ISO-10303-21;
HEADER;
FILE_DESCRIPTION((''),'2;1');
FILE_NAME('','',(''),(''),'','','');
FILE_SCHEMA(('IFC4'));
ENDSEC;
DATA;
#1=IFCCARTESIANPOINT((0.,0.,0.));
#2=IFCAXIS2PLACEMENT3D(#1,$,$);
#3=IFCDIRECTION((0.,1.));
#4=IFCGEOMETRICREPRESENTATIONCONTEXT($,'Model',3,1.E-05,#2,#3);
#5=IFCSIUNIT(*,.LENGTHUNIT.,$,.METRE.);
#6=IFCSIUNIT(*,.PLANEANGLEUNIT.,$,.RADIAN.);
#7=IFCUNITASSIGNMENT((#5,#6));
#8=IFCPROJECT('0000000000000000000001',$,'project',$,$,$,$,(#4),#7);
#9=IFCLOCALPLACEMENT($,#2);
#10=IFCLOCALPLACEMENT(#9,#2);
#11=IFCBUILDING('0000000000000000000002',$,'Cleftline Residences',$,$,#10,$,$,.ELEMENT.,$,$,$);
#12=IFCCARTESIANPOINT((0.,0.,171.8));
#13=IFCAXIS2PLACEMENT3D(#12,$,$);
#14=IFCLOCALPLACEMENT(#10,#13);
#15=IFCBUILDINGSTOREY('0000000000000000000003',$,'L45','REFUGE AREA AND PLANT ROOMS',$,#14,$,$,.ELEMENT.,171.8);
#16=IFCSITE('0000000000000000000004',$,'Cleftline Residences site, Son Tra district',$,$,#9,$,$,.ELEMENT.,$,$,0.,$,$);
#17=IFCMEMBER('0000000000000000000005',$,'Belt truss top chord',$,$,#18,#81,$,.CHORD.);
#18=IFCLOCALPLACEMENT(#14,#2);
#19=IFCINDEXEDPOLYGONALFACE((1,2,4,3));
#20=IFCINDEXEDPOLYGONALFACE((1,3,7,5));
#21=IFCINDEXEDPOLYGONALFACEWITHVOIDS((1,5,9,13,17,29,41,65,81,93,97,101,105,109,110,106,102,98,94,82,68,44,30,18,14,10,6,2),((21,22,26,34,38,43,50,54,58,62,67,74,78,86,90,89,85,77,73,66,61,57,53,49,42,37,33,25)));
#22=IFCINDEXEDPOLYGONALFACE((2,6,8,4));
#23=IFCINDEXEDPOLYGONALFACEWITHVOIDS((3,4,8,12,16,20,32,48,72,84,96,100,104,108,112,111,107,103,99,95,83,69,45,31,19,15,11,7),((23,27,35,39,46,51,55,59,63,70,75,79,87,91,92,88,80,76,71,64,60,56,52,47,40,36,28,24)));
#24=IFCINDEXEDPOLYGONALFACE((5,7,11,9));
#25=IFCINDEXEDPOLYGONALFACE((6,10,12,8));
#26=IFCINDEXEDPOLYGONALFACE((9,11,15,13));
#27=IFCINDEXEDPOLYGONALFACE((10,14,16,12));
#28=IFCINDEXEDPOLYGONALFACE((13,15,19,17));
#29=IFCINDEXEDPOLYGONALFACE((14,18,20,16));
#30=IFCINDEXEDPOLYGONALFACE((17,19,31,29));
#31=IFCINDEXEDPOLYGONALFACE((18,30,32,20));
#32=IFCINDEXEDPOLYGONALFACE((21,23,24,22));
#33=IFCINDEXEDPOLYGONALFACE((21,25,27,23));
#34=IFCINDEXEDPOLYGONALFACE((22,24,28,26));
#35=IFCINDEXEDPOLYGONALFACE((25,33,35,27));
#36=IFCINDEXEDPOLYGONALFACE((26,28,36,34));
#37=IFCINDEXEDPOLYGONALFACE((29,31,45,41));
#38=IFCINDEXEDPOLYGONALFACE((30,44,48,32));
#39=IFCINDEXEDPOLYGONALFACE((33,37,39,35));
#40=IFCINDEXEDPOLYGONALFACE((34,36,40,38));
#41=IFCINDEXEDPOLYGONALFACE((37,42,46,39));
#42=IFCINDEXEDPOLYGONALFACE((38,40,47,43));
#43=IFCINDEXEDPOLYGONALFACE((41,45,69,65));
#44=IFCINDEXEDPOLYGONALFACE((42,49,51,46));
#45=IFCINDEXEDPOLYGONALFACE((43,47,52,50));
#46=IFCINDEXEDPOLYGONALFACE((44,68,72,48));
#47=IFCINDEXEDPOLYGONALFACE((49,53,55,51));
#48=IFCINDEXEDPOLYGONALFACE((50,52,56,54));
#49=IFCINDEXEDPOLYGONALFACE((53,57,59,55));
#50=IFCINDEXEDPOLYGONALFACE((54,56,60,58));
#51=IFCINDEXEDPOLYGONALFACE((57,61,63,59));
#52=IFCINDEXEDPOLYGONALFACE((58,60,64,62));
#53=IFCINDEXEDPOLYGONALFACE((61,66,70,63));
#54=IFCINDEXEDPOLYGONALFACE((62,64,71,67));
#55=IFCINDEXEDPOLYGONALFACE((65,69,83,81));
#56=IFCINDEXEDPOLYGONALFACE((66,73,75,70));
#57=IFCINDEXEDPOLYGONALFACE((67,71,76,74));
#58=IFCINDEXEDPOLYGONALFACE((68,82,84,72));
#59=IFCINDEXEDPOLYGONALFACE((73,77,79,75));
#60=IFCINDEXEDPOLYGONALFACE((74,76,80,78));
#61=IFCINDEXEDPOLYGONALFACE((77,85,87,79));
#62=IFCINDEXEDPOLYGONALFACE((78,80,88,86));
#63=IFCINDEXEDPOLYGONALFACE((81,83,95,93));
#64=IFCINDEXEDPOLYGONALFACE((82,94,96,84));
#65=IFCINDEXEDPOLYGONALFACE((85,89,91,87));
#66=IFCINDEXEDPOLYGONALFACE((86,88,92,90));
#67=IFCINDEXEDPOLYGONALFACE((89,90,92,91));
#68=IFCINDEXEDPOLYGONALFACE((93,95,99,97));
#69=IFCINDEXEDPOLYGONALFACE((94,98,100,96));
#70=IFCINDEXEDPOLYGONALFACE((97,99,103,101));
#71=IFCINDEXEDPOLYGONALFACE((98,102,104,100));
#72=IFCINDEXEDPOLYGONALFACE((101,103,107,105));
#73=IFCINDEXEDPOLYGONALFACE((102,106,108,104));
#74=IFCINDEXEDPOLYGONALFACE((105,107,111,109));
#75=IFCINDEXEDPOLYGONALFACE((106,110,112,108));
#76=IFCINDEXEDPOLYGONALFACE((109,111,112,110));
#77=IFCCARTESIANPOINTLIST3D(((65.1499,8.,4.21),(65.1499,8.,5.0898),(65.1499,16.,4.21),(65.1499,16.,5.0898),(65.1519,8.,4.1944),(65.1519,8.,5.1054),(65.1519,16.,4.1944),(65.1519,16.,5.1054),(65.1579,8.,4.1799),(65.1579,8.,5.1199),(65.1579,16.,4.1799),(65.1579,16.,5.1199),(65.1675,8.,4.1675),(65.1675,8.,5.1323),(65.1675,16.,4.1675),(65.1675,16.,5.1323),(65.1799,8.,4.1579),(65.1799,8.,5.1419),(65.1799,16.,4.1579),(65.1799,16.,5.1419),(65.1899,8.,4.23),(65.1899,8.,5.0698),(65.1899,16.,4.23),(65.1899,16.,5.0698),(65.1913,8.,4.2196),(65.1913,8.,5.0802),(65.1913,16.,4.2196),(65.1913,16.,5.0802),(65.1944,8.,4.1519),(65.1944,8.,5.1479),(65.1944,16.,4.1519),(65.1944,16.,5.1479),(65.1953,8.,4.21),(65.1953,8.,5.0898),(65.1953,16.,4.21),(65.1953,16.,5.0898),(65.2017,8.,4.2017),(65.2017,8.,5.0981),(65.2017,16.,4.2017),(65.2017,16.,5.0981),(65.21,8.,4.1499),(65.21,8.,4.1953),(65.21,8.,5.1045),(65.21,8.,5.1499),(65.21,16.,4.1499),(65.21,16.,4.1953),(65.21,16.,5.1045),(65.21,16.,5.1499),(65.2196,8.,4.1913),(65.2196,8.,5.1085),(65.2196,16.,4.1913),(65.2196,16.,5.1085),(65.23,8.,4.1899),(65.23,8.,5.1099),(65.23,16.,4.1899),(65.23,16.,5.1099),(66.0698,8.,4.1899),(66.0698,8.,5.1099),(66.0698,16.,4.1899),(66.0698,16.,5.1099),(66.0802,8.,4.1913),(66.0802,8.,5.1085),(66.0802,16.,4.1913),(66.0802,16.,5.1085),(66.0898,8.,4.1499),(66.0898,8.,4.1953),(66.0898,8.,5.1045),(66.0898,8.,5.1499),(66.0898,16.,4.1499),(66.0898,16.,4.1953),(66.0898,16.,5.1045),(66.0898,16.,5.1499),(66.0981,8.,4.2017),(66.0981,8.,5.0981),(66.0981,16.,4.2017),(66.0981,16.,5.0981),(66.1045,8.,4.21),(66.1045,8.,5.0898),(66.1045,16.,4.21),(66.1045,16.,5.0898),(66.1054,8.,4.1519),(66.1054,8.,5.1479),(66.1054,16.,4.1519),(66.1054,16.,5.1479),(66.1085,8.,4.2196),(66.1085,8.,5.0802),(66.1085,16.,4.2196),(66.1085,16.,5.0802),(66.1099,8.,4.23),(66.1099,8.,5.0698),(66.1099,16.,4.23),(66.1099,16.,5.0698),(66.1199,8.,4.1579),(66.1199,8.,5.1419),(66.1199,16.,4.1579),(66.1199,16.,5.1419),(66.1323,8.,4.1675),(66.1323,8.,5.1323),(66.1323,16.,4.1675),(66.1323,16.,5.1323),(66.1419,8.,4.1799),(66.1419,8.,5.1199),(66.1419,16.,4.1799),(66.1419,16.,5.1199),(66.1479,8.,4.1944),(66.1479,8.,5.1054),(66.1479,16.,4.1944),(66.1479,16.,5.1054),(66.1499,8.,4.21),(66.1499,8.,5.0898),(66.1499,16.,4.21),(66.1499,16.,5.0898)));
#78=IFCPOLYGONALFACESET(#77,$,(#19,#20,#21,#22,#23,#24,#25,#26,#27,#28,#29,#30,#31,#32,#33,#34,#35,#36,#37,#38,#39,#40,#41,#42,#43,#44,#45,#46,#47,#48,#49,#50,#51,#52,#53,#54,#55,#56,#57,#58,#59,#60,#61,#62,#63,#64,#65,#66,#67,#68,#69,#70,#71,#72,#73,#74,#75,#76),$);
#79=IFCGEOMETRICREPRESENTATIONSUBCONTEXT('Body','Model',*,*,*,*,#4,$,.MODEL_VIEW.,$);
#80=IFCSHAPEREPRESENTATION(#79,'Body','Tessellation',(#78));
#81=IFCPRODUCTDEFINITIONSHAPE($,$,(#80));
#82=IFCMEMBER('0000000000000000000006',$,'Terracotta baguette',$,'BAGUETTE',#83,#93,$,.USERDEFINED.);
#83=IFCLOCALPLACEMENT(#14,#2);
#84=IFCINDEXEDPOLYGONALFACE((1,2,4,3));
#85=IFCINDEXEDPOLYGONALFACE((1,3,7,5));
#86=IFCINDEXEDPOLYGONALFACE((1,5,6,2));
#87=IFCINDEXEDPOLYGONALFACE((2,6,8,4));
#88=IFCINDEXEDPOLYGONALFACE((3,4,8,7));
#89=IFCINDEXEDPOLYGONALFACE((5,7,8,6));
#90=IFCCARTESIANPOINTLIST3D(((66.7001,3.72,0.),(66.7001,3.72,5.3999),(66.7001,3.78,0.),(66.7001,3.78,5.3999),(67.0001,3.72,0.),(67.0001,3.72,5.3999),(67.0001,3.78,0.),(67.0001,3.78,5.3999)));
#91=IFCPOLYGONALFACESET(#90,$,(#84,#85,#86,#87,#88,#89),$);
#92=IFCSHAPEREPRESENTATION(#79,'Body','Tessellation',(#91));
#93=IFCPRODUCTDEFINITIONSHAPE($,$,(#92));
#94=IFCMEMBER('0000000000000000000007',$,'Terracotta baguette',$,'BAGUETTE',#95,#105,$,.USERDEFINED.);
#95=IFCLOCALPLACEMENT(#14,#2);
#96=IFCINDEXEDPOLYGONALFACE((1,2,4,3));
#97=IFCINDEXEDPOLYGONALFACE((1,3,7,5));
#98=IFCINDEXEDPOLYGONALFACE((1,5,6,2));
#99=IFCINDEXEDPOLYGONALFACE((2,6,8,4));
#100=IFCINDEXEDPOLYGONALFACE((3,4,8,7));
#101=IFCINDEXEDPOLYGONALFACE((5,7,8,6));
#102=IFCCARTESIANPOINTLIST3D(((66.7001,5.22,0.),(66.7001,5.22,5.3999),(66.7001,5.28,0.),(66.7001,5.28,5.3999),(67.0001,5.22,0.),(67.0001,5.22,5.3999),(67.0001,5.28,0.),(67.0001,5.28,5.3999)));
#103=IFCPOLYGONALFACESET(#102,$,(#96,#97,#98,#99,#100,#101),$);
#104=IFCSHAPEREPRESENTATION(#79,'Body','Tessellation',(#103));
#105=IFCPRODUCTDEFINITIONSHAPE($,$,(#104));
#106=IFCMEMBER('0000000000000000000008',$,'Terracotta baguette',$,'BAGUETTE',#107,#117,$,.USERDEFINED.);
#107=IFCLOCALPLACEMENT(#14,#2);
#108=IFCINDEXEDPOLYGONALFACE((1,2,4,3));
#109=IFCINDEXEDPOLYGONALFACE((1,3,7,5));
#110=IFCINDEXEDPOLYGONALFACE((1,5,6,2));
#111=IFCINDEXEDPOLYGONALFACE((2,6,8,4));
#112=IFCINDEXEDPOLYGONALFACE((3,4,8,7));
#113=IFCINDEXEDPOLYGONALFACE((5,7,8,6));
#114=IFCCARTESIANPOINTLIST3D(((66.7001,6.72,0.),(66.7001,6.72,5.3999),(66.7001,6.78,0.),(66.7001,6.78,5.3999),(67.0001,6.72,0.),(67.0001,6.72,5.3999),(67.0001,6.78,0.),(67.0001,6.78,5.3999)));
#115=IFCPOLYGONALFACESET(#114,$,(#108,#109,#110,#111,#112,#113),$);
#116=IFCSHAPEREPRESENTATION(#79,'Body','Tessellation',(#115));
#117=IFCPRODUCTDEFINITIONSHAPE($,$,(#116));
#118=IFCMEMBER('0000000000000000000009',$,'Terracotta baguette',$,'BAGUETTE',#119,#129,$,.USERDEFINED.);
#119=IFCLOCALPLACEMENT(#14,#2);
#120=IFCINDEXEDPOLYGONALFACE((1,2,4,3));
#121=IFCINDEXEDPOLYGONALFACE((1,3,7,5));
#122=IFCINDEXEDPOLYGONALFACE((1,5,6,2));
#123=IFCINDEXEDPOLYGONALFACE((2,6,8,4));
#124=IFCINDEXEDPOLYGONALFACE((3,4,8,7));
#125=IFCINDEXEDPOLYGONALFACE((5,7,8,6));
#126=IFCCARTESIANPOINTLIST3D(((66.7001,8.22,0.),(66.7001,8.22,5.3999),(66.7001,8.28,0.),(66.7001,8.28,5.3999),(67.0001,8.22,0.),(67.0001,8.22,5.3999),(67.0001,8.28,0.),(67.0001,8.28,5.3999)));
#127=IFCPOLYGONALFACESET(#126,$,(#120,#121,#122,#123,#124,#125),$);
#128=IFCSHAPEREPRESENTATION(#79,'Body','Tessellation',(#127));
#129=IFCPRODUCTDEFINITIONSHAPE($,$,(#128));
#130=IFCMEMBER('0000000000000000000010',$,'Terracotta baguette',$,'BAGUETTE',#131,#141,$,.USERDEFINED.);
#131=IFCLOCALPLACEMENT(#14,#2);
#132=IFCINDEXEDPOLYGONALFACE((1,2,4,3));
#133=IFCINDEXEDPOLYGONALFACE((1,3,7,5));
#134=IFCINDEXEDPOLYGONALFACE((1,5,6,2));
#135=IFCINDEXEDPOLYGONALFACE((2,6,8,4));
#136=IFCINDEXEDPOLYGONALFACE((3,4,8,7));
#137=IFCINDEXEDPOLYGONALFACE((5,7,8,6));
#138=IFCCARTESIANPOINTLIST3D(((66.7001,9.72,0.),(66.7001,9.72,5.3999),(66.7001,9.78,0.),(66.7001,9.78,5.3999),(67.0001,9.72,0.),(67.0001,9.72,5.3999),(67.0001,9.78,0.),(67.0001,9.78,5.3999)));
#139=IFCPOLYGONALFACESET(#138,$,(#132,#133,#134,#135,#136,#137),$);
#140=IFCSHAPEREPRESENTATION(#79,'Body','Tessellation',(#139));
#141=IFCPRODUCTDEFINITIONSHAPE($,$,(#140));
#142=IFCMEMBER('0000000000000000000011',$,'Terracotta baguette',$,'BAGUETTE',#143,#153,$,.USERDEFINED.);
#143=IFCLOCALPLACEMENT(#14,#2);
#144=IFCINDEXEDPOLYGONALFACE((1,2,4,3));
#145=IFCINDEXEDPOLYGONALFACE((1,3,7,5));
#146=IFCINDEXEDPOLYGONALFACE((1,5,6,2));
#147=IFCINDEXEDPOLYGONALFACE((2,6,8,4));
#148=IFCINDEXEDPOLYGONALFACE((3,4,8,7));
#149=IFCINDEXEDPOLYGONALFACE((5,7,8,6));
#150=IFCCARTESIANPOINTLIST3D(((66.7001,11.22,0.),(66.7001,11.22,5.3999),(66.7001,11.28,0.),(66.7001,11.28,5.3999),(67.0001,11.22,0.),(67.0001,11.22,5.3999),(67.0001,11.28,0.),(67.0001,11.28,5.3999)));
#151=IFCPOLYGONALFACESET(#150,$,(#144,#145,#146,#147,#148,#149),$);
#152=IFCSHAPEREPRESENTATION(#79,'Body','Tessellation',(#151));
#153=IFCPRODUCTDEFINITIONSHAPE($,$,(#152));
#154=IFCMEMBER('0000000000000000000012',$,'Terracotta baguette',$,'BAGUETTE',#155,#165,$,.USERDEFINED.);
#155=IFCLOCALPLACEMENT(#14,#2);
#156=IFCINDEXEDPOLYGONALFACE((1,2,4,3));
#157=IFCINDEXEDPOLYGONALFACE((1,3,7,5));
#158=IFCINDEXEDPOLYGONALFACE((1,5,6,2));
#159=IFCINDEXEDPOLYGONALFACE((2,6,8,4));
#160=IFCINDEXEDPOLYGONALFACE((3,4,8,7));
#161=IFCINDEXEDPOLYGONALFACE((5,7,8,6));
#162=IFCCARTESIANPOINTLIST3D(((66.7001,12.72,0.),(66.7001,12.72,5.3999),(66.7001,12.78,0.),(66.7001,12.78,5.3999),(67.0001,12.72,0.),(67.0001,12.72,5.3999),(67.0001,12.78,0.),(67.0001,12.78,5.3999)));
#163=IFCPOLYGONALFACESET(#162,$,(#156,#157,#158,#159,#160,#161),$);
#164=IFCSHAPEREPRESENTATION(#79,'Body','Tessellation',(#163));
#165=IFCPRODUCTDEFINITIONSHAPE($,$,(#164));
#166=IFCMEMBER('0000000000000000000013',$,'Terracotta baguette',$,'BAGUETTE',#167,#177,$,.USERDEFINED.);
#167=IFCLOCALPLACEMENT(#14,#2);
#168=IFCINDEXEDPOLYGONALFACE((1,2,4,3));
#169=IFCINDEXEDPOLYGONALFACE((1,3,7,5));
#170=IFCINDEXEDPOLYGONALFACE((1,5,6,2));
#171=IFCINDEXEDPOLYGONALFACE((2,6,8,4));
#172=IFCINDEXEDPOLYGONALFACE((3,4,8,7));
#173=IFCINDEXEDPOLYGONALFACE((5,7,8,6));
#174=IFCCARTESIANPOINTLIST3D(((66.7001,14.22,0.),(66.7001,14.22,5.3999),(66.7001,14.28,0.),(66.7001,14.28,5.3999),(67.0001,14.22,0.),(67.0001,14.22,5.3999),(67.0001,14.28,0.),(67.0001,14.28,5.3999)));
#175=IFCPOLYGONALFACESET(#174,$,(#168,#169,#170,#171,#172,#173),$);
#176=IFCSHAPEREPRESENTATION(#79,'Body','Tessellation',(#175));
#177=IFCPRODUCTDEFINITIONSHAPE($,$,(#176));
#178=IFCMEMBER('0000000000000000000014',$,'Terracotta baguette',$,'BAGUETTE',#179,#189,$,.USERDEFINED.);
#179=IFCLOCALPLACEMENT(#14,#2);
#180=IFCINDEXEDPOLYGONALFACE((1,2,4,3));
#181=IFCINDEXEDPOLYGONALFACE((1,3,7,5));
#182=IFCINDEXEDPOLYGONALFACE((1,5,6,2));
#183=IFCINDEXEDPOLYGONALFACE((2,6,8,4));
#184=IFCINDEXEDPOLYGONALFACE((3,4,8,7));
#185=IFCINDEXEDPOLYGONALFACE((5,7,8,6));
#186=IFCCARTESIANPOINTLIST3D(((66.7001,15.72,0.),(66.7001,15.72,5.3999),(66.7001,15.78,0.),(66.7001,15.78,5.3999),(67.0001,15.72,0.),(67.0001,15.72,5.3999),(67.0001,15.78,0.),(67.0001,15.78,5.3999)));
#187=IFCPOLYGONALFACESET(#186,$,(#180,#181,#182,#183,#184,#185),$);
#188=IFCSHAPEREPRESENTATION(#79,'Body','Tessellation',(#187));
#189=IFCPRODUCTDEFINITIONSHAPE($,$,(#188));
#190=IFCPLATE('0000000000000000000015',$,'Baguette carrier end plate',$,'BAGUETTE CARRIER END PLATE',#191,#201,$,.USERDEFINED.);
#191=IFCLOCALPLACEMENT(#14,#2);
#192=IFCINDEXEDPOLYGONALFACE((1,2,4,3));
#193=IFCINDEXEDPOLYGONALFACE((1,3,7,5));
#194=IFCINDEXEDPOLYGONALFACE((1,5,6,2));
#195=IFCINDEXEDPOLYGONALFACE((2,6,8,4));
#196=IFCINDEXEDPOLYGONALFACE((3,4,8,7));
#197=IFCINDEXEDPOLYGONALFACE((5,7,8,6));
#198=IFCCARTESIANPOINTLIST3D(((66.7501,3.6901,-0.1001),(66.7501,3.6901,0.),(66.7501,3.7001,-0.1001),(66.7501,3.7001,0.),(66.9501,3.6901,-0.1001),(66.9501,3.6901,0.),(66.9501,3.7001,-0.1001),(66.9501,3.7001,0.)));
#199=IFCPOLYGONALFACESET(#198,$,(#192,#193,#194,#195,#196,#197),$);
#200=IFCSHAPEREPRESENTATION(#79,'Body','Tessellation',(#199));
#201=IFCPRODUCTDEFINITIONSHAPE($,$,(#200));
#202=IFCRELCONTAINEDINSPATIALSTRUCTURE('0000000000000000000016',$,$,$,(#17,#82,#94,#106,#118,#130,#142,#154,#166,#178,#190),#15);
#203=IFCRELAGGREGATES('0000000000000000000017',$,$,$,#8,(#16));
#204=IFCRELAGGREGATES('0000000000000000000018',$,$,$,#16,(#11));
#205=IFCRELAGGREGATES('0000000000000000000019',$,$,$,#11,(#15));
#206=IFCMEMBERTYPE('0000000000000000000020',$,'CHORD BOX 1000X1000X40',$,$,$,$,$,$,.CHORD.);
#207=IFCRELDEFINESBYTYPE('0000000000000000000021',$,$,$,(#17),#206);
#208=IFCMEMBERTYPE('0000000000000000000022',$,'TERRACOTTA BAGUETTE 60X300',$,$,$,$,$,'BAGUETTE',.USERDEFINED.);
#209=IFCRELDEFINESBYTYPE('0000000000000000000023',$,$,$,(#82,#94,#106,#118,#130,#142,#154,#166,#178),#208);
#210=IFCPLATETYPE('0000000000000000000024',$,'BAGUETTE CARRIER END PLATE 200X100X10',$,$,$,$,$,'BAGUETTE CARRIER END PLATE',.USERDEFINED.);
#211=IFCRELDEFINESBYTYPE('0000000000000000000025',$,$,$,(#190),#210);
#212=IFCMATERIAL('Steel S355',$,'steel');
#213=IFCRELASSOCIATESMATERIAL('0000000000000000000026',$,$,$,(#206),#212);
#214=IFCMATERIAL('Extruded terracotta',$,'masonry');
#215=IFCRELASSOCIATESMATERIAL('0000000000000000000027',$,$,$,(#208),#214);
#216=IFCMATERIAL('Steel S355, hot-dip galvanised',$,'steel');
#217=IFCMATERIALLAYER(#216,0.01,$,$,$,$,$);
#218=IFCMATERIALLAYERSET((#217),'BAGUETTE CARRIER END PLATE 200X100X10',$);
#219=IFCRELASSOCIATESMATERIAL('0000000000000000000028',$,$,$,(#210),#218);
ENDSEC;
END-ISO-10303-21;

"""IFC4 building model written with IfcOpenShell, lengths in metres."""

from ifc_helpers import new_model, si_unit, direction, frame, origin, origin_2d, place, context, subcontext, project, spatial, rectangle, hollow_rectangle, extrude, material, layer, layer_set, material_profile, profile_set, type_object, element, save


model = new_model("IFC4")

# Units and contexts
model_context = context("Model", 3, precision=1e-05, world=origin(), true_north=direction((0.0, 1.0)))
body_context = subcontext(model_context, "Body", "Model", "MODEL_VIEW")
ifc_project = project(units=[si_unit("LENGTHUNIT", "METRE"), si_unit("PLANEANGLEUNIT", "RADIAN")], contexts=[model_context])

# Site, building, storey
site_placement = place(None, origin())
site = spatial("IfcSite", under=ifc_project, at=site_placement, Name="Cleftline Residences site, Son Tra district", CompositionType="ELEMENT", RefElevation=0.0)
building_placement = place(site_placement, origin())
building = spatial("IfcBuilding", under=site, at=building_placement, Name="Cleftline Residences", CompositionType="ELEMENT")
storey_placement = place(building_placement, frame((0.0, 0.0, 171.8)))
storey = spatial("IfcBuildingStorey", under=building, at=storey_placement, Name="L45", Description="REFUGE AREA AND PLANT ROOMS", CompositionType="ELEMENT", Elevation=171.8)

# Members
ifc_material_1 = material(Name="Steel S355", Category="steel")
ifc_material_profile_1 = material_profile(ifc_material_1, hollow_rectangle(XDim=1.0, YDim=1.0, WallThickness=0.04, InnerFilletRadius=0.04, OuterFilletRadius=0.0601, at=origin_2d()))
ifc_profile_set_1 = profile_set([ifc_material_profile_1], Name="Steel S355")
member_type_1 = type_object("IfcMemberType", Name="CHORD BOX 1000X1000X40", PredefinedType="CHORD", material=ifc_profile_set_1)
for number, where, z_axis, x_axis, name in (
    (1, (65.6499, 8.0, 4.6499), (0.0, 1.0, 0.0), (-1.0, 0.0, 0.0), "Belt truss top chord"),
):
    element("IfcMember", number, at=place(storey_placement, frame(where, z_axis=z_axis, x_axis=x_axis)), inside=storey, type_object=member_type_1, Name=name, PredefinedType="CHORD", context=body_context, shape_type="SweptSolid", body=[
        extrude(hollow_rectangle(XDim=1.0, YDim=1.0, WallThickness=0.04, InnerFilletRadius=0.04, OuterFilletRadius=0.0601, at=origin_2d()), origin(), (0.0, 0.0, 1.0), 8.0),
    ])
ifc_material_2 = material(Name="Extruded terracotta", Category="masonry")
ifc_material_profile_2 = material_profile(ifc_material_2, rectangle(XDim=0.0601, YDim=0.3, at=origin_2d()))
ifc_profile_set_2 = profile_set([ifc_material_profile_2], Name="Extruded terracotta")
member_type_2 = type_object("IfcMemberType", Name="TERRACOTTA BAGUETTE 60X300", ElementType="BAGUETTE", PredefinedType="USERDEFINED", material=ifc_profile_set_2)
for number, where, z_axis, x_axis, name in (
    (2, (66.8501, 3.75, 0.0), (0.0, 0.0, 1.0), (0.0, 1.0, 0.0), "Terracotta baguette"),
    (3, (66.8501, 5.25, 0.0), (0.0, 0.0, 1.0), (0.0, 1.0, 0.0), "Terracotta baguette"),
    (4, (66.8501, 6.75, 0.0), (0.0, 0.0, 1.0), (0.0, 1.0, 0.0), "Terracotta baguette"),
    (5, (66.8501, 8.25, 0.0), (0.0, 0.0, 1.0), (0.0, 1.0, 0.0), "Terracotta baguette"),
    (6, (66.8501, 9.75, 0.0), (0.0, 0.0, 1.0), (0.0, 1.0, 0.0), "Terracotta baguette"),
    (7, (66.8501, 11.25, 0.0), (0.0, 0.0, 1.0), (0.0, 1.0, 0.0), "Terracotta baguette"),
    (8, (66.8501, 12.75, 0.0), (0.0, 0.0, 1.0), (0.0, 1.0, 0.0), "Terracotta baguette"),
    (9, (66.8501, 14.25, 0.0), (0.0, 0.0, 1.0), (0.0, 1.0, 0.0), "Terracotta baguette"),
    (10, (66.8501, 15.75, 0.0), (0.0, 0.0, 1.0), (0.0, 1.0, 0.0), "Terracotta baguette"),
):
    element("IfcMember", number, at=place(storey_placement, frame(where, z_axis=z_axis, x_axis=x_axis)), inside=storey, type_object=member_type_2, Name=name, ObjectType="BAGUETTE", PredefinedType="USERDEFINED", context=body_context, shape_type="SweptSolid", body=[
        extrude(rectangle(XDim=0.0601, YDim=0.3, at=origin_2d()), origin(), (0.0, 0.0, 1.0), 5.3999),
    ])

# Plate
ifc_material_3 = material(Name="Steel S355, hot-dip galvanised", Category="steel")
ifc_layer_1 = layer(ifc_material_3, 0.01)
ifc_layer_set_1 = layer_set([ifc_layer_1], Name="BAGUETTE CARRIER END PLATE 200X100X10")
plate_type = type_object("IfcPlateType", Name="BAGUETTE CARRIER END PLATE 200X100X10", ElementType="BAGUETTE CARRIER END PLATE", PredefinedType="USERDEFINED", material=ifc_layer_set_1)
plate_placement = place(storey_placement, frame((66.8501, 3.6951, -0.1001), z_axis=(0.0, 0.0, 1.0), x_axis=(1.0, 0.0, 0.0)))
element("IfcPlate", 11, at=plate_placement, inside=storey, type_object=plate_type, Name="Baguette carrier end plate", ObjectType="BAGUETTE CARRIER END PLATE", PredefinedType="USERDEFINED", context=body_context, shape_type="SweptSolid", body=[
    extrude(rectangle(XDim=0.2, YDim=0.01, at=origin_2d()), origin(), (0.0, 0.0, 1.0), 0.1001),
])

save(model, "model.ifc")
